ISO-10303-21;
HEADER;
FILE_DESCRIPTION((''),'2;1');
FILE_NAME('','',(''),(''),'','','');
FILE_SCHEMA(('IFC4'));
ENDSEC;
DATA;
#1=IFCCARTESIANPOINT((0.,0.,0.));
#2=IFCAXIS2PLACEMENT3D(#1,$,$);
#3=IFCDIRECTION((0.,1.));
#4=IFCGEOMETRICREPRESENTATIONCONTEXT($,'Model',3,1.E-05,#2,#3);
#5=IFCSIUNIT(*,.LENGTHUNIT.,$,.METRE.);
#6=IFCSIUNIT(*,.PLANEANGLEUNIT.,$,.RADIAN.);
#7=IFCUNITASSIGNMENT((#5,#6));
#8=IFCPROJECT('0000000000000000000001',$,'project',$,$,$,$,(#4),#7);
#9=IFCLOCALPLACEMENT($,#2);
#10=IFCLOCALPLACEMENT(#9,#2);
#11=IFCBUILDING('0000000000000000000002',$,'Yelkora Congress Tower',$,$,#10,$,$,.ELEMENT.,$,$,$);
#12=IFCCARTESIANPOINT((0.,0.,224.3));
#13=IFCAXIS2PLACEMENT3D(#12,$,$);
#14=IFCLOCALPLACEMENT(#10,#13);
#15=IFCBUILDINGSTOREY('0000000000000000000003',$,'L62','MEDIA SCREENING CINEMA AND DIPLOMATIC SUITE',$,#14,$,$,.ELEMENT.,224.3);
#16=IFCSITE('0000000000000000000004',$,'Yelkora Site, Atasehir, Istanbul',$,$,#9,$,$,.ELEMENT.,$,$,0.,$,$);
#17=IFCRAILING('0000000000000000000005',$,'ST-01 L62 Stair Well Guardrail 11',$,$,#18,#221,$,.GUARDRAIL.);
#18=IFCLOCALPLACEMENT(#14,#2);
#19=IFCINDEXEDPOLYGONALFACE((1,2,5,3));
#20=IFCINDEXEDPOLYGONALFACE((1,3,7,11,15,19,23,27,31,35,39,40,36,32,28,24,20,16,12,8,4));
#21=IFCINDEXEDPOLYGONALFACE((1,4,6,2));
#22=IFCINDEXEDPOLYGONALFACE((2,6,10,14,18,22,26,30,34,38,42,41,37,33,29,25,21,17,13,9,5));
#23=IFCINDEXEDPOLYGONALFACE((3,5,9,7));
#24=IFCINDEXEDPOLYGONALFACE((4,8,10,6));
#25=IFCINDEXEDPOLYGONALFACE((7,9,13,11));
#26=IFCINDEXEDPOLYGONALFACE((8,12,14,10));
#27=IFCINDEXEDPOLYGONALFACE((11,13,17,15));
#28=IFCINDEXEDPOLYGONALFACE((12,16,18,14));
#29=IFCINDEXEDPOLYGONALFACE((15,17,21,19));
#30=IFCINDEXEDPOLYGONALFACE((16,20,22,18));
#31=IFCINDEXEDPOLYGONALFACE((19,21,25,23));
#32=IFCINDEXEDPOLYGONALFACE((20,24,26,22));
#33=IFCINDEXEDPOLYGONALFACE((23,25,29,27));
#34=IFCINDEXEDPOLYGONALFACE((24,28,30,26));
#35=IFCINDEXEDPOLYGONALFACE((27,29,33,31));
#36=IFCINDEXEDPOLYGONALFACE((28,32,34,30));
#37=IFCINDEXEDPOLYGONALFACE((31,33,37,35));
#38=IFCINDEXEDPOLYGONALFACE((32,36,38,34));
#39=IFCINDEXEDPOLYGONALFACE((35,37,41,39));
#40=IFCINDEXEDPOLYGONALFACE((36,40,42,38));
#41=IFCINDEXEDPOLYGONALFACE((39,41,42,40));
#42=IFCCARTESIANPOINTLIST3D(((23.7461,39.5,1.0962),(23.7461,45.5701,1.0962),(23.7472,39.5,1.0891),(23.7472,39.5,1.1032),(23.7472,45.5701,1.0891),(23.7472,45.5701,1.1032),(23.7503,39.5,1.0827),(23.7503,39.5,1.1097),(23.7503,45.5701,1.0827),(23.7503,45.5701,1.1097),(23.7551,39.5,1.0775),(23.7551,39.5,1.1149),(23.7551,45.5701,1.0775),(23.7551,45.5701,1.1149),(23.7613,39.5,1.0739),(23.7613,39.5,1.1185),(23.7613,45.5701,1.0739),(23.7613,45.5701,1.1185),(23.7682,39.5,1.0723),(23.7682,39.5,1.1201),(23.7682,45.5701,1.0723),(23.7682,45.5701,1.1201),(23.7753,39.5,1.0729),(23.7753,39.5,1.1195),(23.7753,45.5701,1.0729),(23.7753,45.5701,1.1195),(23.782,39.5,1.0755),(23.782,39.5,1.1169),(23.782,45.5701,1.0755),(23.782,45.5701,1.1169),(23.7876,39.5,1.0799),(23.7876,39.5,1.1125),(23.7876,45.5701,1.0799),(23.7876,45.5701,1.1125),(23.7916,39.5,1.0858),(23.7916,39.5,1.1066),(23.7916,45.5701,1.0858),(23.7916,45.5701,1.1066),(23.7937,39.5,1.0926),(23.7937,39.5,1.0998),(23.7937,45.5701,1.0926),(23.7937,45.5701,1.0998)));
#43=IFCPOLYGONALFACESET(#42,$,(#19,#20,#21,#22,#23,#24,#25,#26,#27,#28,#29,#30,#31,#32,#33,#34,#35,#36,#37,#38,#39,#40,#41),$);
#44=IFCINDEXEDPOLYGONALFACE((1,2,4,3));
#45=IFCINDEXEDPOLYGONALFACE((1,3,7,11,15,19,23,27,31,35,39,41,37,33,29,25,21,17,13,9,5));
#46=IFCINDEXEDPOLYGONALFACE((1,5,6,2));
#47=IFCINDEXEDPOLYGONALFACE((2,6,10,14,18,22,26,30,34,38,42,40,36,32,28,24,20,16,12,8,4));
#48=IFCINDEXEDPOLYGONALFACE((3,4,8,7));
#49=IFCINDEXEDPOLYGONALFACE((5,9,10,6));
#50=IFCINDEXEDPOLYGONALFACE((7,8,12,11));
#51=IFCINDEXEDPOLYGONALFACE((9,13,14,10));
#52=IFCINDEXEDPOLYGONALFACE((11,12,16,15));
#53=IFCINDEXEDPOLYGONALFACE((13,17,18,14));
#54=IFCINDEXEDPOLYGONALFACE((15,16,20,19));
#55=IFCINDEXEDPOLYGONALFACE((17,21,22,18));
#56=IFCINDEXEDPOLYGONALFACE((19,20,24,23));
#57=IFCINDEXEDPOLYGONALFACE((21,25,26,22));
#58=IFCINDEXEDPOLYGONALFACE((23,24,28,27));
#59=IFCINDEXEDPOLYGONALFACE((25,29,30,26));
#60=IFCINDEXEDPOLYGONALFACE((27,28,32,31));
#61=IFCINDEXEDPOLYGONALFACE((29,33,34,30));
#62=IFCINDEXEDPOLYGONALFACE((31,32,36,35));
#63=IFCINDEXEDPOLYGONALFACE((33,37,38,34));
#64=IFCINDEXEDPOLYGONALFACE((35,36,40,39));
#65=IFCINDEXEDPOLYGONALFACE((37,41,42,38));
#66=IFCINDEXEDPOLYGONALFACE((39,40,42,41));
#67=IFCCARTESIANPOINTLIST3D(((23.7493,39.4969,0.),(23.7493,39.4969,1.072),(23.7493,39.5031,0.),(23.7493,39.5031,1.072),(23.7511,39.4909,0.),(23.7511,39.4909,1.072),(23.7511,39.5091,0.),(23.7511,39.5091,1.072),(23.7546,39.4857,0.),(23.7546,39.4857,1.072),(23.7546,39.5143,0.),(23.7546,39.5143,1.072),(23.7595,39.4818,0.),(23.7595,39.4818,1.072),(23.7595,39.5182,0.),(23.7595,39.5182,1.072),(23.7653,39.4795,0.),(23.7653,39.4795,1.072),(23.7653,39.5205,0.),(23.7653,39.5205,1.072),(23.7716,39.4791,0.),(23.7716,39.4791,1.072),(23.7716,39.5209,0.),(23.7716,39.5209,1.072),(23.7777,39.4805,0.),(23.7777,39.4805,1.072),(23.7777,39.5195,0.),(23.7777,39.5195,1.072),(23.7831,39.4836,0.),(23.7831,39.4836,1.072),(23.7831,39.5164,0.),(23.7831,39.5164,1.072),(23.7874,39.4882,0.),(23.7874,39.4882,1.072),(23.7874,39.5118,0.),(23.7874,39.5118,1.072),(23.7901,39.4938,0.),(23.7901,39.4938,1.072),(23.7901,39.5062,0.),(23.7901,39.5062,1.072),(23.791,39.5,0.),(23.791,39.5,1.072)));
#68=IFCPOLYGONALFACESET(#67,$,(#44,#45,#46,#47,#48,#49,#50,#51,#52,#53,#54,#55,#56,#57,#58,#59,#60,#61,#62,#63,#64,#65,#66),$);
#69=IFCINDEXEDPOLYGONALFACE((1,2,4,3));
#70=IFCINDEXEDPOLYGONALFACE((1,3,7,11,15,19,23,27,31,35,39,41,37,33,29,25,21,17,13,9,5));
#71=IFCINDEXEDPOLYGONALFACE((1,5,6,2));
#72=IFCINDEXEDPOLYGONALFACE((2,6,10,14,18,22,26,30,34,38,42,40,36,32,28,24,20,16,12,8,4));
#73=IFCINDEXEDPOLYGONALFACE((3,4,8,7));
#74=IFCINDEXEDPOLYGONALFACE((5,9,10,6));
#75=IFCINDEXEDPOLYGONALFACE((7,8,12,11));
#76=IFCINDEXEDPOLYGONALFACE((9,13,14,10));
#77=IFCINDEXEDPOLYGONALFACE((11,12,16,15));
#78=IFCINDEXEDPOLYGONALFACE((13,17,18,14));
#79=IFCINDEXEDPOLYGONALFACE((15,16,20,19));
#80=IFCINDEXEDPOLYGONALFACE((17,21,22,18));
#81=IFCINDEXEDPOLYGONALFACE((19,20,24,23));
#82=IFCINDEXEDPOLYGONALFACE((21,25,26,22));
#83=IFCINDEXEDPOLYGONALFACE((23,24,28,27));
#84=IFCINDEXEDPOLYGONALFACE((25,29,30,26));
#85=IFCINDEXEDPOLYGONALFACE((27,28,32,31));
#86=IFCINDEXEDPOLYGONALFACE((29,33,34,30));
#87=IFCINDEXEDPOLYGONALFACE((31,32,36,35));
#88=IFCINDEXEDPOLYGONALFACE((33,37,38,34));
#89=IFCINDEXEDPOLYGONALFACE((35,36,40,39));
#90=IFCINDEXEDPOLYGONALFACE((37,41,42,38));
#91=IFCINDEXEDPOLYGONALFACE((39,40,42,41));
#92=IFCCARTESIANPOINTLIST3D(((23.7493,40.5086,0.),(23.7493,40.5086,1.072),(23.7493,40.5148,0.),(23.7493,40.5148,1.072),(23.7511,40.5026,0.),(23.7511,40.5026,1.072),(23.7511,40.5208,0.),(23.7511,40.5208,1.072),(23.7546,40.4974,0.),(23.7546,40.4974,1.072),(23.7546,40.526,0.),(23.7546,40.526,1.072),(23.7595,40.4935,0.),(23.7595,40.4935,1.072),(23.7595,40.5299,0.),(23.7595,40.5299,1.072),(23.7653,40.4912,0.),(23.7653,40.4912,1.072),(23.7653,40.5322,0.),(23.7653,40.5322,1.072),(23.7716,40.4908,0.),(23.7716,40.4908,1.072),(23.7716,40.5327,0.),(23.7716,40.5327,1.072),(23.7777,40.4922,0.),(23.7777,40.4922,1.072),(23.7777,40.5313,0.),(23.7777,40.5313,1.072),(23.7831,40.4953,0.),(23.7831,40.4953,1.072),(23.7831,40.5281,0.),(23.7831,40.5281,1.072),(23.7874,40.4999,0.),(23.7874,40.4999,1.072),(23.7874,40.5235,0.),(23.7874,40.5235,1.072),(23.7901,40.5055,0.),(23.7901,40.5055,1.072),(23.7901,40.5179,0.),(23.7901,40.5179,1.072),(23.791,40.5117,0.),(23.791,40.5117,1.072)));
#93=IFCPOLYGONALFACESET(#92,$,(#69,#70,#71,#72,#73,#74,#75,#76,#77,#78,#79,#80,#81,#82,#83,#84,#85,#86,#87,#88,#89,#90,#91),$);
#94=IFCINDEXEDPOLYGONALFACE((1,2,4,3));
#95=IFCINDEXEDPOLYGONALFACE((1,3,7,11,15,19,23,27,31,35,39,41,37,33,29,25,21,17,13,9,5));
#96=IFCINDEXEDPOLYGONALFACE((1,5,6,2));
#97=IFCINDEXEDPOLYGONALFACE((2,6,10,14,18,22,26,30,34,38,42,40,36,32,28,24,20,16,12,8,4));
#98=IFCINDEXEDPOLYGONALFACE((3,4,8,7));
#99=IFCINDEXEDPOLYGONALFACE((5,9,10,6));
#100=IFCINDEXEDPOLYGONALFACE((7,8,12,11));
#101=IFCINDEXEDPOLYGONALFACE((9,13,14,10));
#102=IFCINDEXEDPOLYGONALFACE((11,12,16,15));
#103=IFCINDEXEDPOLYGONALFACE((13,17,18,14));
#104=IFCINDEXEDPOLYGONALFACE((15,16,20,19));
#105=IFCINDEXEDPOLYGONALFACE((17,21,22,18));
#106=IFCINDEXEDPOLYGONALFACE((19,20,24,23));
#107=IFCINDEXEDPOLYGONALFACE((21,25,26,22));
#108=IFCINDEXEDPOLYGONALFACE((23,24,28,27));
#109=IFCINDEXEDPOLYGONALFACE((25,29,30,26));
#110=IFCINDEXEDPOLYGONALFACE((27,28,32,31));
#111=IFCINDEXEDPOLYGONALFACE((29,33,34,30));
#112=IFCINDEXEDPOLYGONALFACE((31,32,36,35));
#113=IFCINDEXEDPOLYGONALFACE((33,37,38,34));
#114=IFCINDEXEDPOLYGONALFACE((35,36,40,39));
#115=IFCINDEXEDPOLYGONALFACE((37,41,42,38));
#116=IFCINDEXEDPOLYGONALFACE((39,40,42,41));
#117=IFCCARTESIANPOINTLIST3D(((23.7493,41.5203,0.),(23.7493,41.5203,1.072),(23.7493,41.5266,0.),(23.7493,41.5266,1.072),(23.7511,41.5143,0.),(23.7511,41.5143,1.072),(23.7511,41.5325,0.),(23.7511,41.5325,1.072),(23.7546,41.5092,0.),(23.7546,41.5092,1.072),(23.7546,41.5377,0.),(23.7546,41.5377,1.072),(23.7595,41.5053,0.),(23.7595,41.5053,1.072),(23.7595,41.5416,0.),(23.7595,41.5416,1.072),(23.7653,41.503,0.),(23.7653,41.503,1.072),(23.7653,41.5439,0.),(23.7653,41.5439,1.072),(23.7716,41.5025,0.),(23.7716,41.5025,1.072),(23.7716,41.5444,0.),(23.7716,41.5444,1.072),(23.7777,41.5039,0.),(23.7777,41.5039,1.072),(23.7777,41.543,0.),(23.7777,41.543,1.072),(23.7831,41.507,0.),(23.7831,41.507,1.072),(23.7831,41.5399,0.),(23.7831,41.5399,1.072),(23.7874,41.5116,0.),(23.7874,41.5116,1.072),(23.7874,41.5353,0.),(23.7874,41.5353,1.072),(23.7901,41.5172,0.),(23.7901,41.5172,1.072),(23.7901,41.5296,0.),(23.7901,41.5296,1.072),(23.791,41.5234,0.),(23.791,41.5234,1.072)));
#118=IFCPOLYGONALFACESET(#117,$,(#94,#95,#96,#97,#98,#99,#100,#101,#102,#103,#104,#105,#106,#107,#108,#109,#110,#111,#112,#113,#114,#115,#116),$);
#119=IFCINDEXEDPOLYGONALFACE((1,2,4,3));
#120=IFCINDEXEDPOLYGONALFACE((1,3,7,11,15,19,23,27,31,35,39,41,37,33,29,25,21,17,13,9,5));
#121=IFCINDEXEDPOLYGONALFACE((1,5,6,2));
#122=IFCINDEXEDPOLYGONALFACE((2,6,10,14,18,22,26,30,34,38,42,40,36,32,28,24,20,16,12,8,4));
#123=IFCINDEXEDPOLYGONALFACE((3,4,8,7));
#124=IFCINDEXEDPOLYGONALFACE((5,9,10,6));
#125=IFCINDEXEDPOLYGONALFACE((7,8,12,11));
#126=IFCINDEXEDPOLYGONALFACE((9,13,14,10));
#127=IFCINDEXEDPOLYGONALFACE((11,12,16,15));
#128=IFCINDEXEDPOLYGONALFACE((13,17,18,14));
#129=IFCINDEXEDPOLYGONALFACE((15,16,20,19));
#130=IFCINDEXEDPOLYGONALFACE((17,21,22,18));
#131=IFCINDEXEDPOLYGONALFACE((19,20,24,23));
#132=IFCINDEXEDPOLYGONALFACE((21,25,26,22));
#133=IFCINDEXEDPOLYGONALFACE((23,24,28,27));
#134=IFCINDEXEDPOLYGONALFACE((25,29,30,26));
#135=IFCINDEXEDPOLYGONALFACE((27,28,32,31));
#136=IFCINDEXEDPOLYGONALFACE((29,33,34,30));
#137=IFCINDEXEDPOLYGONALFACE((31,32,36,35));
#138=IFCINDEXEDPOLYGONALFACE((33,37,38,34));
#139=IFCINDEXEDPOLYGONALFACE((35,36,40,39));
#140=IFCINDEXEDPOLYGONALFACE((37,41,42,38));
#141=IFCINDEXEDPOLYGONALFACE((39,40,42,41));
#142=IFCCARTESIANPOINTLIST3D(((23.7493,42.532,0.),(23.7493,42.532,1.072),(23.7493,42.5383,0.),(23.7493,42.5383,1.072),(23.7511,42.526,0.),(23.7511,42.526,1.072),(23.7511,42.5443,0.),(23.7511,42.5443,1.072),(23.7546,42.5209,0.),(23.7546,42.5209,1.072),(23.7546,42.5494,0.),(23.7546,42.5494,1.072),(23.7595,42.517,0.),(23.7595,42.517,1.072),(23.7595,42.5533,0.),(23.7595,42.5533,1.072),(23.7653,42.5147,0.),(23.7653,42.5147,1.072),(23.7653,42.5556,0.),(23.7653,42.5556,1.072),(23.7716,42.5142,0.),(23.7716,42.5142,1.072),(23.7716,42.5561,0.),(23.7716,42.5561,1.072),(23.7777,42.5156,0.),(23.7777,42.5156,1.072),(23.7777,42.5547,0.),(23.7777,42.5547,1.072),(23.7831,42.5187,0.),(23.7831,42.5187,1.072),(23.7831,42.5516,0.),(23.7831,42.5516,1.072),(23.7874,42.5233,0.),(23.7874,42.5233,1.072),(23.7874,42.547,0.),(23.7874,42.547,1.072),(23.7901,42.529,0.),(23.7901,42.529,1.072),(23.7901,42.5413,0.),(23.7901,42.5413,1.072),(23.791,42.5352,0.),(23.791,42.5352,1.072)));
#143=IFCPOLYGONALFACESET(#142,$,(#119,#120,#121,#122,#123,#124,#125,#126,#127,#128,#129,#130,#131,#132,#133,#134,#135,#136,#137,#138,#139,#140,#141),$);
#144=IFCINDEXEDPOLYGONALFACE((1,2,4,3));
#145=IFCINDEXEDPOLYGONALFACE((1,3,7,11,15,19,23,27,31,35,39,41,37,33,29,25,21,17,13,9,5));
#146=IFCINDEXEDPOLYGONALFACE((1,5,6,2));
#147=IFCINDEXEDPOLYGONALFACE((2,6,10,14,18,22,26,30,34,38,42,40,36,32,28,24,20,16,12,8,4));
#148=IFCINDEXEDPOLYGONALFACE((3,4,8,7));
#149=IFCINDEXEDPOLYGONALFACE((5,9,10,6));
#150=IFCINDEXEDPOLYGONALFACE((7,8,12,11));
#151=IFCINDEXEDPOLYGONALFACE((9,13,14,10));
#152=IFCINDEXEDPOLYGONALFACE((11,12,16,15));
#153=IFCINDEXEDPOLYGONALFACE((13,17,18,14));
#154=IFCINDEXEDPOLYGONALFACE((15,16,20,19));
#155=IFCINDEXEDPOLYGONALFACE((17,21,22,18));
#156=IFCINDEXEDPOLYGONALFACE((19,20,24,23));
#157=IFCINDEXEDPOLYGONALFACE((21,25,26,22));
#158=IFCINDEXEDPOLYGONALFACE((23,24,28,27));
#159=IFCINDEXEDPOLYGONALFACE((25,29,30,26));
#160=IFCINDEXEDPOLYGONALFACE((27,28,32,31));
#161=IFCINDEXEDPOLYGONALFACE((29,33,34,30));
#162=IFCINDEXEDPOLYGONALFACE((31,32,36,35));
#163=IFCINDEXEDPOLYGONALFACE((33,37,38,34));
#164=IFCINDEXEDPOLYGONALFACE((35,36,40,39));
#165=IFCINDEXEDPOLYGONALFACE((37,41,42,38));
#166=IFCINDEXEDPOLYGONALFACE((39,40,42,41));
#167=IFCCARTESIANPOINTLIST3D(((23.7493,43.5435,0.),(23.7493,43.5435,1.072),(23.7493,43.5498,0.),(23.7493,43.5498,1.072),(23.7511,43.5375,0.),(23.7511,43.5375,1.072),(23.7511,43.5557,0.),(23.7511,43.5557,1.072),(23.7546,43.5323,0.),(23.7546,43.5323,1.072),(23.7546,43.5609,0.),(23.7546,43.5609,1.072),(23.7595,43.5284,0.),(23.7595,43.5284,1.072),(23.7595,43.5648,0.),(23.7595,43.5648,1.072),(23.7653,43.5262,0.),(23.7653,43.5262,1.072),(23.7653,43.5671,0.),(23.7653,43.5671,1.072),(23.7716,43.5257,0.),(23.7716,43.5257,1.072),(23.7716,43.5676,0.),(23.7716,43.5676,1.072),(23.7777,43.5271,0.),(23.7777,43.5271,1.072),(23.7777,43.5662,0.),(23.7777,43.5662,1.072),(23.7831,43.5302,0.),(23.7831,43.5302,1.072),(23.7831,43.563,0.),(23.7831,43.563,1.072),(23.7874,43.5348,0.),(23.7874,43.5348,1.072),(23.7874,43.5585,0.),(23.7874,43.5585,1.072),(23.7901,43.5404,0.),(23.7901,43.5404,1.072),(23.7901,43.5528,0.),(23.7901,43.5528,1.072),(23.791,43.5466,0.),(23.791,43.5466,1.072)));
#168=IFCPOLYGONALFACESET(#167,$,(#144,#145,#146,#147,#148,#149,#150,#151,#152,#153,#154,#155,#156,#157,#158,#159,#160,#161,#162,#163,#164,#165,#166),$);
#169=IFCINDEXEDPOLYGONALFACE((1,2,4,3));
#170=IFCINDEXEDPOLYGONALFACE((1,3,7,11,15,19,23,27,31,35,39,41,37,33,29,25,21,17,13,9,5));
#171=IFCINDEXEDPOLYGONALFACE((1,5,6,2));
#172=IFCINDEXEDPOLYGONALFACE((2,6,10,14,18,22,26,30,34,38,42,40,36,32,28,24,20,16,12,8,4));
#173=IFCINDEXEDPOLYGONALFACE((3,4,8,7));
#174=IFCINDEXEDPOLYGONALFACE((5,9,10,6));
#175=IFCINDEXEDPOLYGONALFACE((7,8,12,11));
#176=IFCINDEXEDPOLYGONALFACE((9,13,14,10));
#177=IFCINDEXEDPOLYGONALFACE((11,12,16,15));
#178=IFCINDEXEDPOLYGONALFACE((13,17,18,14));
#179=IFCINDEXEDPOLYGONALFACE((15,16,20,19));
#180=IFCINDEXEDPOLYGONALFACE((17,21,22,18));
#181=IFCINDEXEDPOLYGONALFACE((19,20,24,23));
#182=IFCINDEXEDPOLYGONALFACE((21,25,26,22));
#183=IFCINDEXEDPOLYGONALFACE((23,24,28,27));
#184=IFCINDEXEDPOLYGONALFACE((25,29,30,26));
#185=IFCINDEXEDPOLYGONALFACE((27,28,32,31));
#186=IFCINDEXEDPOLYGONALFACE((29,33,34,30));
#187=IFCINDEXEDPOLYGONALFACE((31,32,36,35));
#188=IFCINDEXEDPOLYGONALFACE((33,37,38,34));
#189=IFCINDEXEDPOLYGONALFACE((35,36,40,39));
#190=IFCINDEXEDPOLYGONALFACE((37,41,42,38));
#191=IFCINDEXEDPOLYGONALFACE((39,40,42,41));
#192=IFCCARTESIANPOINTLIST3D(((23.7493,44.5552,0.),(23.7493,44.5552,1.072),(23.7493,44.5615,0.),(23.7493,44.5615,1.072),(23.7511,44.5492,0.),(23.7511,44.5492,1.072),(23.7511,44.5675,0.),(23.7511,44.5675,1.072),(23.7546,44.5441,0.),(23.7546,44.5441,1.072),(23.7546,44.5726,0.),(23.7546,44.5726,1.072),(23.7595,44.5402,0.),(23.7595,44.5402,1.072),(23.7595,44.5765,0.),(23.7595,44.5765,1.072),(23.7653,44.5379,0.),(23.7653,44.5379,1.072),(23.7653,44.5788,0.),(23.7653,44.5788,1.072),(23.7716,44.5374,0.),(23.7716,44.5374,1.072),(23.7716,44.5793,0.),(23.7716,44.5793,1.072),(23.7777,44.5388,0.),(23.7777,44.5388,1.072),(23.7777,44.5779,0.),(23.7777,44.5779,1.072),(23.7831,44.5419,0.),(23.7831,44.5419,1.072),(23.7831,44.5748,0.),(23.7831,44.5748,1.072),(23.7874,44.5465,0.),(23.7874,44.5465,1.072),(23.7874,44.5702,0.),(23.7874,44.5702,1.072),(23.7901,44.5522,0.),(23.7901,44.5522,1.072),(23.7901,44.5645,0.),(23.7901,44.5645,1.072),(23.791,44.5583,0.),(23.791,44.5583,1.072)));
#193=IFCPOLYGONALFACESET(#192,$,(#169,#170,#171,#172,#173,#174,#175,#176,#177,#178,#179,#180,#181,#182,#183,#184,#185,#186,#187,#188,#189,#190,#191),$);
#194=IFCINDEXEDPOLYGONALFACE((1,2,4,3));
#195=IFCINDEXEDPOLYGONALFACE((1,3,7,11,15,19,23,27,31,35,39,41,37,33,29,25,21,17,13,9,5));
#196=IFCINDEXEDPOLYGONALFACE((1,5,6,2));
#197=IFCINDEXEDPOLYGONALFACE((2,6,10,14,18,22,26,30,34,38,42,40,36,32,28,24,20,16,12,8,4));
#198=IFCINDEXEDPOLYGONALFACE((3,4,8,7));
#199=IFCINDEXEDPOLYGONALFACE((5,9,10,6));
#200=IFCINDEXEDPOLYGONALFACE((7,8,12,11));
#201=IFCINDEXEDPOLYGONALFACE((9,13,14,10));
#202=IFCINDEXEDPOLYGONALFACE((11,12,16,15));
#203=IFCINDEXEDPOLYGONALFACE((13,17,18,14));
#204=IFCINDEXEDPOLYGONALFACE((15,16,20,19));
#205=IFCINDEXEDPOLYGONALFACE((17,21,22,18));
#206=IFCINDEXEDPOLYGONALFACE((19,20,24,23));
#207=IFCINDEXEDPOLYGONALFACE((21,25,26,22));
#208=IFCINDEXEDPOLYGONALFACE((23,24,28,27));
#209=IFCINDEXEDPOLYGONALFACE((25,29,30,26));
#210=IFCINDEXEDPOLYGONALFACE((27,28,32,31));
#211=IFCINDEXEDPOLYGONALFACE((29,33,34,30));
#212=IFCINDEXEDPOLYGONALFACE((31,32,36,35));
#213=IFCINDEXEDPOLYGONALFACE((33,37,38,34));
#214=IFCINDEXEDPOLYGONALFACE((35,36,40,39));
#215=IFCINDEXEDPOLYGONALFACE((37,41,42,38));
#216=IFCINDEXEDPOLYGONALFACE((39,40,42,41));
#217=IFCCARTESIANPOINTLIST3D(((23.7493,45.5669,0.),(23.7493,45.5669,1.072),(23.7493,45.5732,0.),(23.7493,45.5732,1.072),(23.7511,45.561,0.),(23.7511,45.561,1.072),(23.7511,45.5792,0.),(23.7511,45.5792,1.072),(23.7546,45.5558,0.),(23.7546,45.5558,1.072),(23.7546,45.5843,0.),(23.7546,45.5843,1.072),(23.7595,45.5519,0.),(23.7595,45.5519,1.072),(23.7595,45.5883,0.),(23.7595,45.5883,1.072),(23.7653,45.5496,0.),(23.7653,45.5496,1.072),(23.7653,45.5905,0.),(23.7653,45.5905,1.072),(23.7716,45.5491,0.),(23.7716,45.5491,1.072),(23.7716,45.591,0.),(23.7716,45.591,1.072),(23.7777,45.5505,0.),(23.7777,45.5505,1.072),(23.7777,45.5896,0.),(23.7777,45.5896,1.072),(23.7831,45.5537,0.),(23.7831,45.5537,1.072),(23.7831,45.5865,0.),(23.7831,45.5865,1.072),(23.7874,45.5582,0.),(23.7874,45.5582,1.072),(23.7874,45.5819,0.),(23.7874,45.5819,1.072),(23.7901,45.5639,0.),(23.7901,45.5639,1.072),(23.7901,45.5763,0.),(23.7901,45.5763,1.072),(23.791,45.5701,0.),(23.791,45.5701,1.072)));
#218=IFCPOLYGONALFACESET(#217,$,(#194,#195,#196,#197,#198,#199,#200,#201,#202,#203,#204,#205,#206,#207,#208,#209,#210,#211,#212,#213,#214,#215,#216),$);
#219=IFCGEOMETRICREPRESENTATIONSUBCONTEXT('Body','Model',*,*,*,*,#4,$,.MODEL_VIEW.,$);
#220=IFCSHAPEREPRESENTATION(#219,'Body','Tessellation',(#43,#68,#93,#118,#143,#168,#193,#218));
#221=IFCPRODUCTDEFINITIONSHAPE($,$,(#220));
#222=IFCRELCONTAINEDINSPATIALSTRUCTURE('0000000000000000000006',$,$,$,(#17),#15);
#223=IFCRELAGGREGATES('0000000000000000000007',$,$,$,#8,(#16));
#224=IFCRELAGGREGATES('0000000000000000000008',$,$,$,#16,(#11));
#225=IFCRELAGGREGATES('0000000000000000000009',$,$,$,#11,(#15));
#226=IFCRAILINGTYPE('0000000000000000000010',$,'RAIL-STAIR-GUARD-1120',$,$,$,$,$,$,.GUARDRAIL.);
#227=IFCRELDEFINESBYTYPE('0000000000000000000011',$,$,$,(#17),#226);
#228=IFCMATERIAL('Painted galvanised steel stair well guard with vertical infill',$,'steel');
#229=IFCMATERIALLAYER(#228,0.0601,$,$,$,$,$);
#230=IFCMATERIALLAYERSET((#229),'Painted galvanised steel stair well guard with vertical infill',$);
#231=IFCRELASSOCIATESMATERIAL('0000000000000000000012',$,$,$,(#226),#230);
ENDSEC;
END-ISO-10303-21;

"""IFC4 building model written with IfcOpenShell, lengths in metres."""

from ifc_helpers import new_model, si_unit, direction, frame, origin, origin_2d, place, context, subcontext, project, spatial, circle, extrude, material, layer, layer_set, type_object, element, save


model = new_model("IFC4")

# Units and contexts
model_context = context("Model", 3, precision=1e-05, world=origin(), true_north=direction((0.0, 1.0)))
body_context = subcontext(model_context, "Body", "Model", "MODEL_VIEW")
ifc_project = project(units=[si_unit("LENGTHUNIT", "METRE"), si_unit("PLANEANGLEUNIT", "RADIAN")], contexts=[model_context])

# Site, building, storey
site_placement = place(None, origin())
site = spatial("IfcSite", under=ifc_project, at=site_placement, Name="Yelkora Site, Atasehir, Istanbul", CompositionType="ELEMENT", RefElevation=0.0)
building_placement = place(site_placement, origin())
building = spatial("IfcBuilding", under=site, at=building_placement, Name="Yelkora Congress Tower", CompositionType="ELEMENT")
storey_placement = place(building_placement, frame((0.0, 0.0, 224.3)))
storey = spatial("IfcBuildingStorey", under=building, at=storey_placement, Name="L62", Description="MEDIA SCREENING CINEMA AND DIPLOMATIC SUITE", CompositionType="ELEMENT", Elevation=224.3)

# Railing
ifc_material_1 = material(Name="Painted galvanised steel stair well guard with vertical infill", Category="steel")
ifc_layer_1 = layer(ifc_material_1, 0.0601)
ifc_layer_set_1 = layer_set([ifc_layer_1], Name="Painted galvanised steel stair well guard with vertical infill")
railing_type_1 = type_object("IfcRailingType", Name="RAIL-STAIR-GUARD-1120", PredefinedType="GUARDRAIL", material=ifc_layer_set_1)
railing_1_placement = place(storey_placement, frame((23.77, 39.5, 0.0)))
element("IfcRailing", 1, at=railing_1_placement, inside=storey, type_object=railing_type_1, Name="ST-01 L62 Stair Well Guardrail 11", PredefinedType="GUARDRAIL", context=body_context, shape_type="SweptSolid", body=[
    extrude(circle(Radius=0.0239, at=origin_2d()), frame((0.0, 0.0, 1.0962), z_axis=(0.0, 1.0, 0.0), x_axis=(-1.0, 0.0, 0.0)), (0.0, 0.0, 1.0), 6.0701),
    extrude(circle(Radius=0.021, at=origin_2d()), origin(), (0.0, 0.0, 1.0), 1.072),
    extrude(circle(Radius=0.021, at=origin_2d()), frame((0.0, 1.0117, 0.0)), (0.0, 0.0, 1.0), 1.072),
    extrude(circle(Radius=0.021, at=origin_2d()), frame((0.0, 2.0234, 0.0)), (0.0, 0.0, 1.0), 1.072),
    extrude(circle(Radius=0.021, at=origin_2d()), frame((0.0, 3.0352, 0.0)), (0.0, 0.0, 1.0), 1.072),
    extrude(circle(Radius=0.021, at=origin_2d()), frame((0.0, 4.0466, 0.0)), (0.0, 0.0, 1.0), 1.072),
    extrude(circle(Radius=0.021, at=origin_2d()), frame((0.0, 5.0583, 0.0)), (0.0, 0.0, 1.0), 1.072),
    extrude(circle(Radius=0.021, at=origin_2d()), frame((0.0, 6.0701, 0.0)), (0.0, 0.0, 1.0), 1.072),
])

save(model, "model.ifc")
